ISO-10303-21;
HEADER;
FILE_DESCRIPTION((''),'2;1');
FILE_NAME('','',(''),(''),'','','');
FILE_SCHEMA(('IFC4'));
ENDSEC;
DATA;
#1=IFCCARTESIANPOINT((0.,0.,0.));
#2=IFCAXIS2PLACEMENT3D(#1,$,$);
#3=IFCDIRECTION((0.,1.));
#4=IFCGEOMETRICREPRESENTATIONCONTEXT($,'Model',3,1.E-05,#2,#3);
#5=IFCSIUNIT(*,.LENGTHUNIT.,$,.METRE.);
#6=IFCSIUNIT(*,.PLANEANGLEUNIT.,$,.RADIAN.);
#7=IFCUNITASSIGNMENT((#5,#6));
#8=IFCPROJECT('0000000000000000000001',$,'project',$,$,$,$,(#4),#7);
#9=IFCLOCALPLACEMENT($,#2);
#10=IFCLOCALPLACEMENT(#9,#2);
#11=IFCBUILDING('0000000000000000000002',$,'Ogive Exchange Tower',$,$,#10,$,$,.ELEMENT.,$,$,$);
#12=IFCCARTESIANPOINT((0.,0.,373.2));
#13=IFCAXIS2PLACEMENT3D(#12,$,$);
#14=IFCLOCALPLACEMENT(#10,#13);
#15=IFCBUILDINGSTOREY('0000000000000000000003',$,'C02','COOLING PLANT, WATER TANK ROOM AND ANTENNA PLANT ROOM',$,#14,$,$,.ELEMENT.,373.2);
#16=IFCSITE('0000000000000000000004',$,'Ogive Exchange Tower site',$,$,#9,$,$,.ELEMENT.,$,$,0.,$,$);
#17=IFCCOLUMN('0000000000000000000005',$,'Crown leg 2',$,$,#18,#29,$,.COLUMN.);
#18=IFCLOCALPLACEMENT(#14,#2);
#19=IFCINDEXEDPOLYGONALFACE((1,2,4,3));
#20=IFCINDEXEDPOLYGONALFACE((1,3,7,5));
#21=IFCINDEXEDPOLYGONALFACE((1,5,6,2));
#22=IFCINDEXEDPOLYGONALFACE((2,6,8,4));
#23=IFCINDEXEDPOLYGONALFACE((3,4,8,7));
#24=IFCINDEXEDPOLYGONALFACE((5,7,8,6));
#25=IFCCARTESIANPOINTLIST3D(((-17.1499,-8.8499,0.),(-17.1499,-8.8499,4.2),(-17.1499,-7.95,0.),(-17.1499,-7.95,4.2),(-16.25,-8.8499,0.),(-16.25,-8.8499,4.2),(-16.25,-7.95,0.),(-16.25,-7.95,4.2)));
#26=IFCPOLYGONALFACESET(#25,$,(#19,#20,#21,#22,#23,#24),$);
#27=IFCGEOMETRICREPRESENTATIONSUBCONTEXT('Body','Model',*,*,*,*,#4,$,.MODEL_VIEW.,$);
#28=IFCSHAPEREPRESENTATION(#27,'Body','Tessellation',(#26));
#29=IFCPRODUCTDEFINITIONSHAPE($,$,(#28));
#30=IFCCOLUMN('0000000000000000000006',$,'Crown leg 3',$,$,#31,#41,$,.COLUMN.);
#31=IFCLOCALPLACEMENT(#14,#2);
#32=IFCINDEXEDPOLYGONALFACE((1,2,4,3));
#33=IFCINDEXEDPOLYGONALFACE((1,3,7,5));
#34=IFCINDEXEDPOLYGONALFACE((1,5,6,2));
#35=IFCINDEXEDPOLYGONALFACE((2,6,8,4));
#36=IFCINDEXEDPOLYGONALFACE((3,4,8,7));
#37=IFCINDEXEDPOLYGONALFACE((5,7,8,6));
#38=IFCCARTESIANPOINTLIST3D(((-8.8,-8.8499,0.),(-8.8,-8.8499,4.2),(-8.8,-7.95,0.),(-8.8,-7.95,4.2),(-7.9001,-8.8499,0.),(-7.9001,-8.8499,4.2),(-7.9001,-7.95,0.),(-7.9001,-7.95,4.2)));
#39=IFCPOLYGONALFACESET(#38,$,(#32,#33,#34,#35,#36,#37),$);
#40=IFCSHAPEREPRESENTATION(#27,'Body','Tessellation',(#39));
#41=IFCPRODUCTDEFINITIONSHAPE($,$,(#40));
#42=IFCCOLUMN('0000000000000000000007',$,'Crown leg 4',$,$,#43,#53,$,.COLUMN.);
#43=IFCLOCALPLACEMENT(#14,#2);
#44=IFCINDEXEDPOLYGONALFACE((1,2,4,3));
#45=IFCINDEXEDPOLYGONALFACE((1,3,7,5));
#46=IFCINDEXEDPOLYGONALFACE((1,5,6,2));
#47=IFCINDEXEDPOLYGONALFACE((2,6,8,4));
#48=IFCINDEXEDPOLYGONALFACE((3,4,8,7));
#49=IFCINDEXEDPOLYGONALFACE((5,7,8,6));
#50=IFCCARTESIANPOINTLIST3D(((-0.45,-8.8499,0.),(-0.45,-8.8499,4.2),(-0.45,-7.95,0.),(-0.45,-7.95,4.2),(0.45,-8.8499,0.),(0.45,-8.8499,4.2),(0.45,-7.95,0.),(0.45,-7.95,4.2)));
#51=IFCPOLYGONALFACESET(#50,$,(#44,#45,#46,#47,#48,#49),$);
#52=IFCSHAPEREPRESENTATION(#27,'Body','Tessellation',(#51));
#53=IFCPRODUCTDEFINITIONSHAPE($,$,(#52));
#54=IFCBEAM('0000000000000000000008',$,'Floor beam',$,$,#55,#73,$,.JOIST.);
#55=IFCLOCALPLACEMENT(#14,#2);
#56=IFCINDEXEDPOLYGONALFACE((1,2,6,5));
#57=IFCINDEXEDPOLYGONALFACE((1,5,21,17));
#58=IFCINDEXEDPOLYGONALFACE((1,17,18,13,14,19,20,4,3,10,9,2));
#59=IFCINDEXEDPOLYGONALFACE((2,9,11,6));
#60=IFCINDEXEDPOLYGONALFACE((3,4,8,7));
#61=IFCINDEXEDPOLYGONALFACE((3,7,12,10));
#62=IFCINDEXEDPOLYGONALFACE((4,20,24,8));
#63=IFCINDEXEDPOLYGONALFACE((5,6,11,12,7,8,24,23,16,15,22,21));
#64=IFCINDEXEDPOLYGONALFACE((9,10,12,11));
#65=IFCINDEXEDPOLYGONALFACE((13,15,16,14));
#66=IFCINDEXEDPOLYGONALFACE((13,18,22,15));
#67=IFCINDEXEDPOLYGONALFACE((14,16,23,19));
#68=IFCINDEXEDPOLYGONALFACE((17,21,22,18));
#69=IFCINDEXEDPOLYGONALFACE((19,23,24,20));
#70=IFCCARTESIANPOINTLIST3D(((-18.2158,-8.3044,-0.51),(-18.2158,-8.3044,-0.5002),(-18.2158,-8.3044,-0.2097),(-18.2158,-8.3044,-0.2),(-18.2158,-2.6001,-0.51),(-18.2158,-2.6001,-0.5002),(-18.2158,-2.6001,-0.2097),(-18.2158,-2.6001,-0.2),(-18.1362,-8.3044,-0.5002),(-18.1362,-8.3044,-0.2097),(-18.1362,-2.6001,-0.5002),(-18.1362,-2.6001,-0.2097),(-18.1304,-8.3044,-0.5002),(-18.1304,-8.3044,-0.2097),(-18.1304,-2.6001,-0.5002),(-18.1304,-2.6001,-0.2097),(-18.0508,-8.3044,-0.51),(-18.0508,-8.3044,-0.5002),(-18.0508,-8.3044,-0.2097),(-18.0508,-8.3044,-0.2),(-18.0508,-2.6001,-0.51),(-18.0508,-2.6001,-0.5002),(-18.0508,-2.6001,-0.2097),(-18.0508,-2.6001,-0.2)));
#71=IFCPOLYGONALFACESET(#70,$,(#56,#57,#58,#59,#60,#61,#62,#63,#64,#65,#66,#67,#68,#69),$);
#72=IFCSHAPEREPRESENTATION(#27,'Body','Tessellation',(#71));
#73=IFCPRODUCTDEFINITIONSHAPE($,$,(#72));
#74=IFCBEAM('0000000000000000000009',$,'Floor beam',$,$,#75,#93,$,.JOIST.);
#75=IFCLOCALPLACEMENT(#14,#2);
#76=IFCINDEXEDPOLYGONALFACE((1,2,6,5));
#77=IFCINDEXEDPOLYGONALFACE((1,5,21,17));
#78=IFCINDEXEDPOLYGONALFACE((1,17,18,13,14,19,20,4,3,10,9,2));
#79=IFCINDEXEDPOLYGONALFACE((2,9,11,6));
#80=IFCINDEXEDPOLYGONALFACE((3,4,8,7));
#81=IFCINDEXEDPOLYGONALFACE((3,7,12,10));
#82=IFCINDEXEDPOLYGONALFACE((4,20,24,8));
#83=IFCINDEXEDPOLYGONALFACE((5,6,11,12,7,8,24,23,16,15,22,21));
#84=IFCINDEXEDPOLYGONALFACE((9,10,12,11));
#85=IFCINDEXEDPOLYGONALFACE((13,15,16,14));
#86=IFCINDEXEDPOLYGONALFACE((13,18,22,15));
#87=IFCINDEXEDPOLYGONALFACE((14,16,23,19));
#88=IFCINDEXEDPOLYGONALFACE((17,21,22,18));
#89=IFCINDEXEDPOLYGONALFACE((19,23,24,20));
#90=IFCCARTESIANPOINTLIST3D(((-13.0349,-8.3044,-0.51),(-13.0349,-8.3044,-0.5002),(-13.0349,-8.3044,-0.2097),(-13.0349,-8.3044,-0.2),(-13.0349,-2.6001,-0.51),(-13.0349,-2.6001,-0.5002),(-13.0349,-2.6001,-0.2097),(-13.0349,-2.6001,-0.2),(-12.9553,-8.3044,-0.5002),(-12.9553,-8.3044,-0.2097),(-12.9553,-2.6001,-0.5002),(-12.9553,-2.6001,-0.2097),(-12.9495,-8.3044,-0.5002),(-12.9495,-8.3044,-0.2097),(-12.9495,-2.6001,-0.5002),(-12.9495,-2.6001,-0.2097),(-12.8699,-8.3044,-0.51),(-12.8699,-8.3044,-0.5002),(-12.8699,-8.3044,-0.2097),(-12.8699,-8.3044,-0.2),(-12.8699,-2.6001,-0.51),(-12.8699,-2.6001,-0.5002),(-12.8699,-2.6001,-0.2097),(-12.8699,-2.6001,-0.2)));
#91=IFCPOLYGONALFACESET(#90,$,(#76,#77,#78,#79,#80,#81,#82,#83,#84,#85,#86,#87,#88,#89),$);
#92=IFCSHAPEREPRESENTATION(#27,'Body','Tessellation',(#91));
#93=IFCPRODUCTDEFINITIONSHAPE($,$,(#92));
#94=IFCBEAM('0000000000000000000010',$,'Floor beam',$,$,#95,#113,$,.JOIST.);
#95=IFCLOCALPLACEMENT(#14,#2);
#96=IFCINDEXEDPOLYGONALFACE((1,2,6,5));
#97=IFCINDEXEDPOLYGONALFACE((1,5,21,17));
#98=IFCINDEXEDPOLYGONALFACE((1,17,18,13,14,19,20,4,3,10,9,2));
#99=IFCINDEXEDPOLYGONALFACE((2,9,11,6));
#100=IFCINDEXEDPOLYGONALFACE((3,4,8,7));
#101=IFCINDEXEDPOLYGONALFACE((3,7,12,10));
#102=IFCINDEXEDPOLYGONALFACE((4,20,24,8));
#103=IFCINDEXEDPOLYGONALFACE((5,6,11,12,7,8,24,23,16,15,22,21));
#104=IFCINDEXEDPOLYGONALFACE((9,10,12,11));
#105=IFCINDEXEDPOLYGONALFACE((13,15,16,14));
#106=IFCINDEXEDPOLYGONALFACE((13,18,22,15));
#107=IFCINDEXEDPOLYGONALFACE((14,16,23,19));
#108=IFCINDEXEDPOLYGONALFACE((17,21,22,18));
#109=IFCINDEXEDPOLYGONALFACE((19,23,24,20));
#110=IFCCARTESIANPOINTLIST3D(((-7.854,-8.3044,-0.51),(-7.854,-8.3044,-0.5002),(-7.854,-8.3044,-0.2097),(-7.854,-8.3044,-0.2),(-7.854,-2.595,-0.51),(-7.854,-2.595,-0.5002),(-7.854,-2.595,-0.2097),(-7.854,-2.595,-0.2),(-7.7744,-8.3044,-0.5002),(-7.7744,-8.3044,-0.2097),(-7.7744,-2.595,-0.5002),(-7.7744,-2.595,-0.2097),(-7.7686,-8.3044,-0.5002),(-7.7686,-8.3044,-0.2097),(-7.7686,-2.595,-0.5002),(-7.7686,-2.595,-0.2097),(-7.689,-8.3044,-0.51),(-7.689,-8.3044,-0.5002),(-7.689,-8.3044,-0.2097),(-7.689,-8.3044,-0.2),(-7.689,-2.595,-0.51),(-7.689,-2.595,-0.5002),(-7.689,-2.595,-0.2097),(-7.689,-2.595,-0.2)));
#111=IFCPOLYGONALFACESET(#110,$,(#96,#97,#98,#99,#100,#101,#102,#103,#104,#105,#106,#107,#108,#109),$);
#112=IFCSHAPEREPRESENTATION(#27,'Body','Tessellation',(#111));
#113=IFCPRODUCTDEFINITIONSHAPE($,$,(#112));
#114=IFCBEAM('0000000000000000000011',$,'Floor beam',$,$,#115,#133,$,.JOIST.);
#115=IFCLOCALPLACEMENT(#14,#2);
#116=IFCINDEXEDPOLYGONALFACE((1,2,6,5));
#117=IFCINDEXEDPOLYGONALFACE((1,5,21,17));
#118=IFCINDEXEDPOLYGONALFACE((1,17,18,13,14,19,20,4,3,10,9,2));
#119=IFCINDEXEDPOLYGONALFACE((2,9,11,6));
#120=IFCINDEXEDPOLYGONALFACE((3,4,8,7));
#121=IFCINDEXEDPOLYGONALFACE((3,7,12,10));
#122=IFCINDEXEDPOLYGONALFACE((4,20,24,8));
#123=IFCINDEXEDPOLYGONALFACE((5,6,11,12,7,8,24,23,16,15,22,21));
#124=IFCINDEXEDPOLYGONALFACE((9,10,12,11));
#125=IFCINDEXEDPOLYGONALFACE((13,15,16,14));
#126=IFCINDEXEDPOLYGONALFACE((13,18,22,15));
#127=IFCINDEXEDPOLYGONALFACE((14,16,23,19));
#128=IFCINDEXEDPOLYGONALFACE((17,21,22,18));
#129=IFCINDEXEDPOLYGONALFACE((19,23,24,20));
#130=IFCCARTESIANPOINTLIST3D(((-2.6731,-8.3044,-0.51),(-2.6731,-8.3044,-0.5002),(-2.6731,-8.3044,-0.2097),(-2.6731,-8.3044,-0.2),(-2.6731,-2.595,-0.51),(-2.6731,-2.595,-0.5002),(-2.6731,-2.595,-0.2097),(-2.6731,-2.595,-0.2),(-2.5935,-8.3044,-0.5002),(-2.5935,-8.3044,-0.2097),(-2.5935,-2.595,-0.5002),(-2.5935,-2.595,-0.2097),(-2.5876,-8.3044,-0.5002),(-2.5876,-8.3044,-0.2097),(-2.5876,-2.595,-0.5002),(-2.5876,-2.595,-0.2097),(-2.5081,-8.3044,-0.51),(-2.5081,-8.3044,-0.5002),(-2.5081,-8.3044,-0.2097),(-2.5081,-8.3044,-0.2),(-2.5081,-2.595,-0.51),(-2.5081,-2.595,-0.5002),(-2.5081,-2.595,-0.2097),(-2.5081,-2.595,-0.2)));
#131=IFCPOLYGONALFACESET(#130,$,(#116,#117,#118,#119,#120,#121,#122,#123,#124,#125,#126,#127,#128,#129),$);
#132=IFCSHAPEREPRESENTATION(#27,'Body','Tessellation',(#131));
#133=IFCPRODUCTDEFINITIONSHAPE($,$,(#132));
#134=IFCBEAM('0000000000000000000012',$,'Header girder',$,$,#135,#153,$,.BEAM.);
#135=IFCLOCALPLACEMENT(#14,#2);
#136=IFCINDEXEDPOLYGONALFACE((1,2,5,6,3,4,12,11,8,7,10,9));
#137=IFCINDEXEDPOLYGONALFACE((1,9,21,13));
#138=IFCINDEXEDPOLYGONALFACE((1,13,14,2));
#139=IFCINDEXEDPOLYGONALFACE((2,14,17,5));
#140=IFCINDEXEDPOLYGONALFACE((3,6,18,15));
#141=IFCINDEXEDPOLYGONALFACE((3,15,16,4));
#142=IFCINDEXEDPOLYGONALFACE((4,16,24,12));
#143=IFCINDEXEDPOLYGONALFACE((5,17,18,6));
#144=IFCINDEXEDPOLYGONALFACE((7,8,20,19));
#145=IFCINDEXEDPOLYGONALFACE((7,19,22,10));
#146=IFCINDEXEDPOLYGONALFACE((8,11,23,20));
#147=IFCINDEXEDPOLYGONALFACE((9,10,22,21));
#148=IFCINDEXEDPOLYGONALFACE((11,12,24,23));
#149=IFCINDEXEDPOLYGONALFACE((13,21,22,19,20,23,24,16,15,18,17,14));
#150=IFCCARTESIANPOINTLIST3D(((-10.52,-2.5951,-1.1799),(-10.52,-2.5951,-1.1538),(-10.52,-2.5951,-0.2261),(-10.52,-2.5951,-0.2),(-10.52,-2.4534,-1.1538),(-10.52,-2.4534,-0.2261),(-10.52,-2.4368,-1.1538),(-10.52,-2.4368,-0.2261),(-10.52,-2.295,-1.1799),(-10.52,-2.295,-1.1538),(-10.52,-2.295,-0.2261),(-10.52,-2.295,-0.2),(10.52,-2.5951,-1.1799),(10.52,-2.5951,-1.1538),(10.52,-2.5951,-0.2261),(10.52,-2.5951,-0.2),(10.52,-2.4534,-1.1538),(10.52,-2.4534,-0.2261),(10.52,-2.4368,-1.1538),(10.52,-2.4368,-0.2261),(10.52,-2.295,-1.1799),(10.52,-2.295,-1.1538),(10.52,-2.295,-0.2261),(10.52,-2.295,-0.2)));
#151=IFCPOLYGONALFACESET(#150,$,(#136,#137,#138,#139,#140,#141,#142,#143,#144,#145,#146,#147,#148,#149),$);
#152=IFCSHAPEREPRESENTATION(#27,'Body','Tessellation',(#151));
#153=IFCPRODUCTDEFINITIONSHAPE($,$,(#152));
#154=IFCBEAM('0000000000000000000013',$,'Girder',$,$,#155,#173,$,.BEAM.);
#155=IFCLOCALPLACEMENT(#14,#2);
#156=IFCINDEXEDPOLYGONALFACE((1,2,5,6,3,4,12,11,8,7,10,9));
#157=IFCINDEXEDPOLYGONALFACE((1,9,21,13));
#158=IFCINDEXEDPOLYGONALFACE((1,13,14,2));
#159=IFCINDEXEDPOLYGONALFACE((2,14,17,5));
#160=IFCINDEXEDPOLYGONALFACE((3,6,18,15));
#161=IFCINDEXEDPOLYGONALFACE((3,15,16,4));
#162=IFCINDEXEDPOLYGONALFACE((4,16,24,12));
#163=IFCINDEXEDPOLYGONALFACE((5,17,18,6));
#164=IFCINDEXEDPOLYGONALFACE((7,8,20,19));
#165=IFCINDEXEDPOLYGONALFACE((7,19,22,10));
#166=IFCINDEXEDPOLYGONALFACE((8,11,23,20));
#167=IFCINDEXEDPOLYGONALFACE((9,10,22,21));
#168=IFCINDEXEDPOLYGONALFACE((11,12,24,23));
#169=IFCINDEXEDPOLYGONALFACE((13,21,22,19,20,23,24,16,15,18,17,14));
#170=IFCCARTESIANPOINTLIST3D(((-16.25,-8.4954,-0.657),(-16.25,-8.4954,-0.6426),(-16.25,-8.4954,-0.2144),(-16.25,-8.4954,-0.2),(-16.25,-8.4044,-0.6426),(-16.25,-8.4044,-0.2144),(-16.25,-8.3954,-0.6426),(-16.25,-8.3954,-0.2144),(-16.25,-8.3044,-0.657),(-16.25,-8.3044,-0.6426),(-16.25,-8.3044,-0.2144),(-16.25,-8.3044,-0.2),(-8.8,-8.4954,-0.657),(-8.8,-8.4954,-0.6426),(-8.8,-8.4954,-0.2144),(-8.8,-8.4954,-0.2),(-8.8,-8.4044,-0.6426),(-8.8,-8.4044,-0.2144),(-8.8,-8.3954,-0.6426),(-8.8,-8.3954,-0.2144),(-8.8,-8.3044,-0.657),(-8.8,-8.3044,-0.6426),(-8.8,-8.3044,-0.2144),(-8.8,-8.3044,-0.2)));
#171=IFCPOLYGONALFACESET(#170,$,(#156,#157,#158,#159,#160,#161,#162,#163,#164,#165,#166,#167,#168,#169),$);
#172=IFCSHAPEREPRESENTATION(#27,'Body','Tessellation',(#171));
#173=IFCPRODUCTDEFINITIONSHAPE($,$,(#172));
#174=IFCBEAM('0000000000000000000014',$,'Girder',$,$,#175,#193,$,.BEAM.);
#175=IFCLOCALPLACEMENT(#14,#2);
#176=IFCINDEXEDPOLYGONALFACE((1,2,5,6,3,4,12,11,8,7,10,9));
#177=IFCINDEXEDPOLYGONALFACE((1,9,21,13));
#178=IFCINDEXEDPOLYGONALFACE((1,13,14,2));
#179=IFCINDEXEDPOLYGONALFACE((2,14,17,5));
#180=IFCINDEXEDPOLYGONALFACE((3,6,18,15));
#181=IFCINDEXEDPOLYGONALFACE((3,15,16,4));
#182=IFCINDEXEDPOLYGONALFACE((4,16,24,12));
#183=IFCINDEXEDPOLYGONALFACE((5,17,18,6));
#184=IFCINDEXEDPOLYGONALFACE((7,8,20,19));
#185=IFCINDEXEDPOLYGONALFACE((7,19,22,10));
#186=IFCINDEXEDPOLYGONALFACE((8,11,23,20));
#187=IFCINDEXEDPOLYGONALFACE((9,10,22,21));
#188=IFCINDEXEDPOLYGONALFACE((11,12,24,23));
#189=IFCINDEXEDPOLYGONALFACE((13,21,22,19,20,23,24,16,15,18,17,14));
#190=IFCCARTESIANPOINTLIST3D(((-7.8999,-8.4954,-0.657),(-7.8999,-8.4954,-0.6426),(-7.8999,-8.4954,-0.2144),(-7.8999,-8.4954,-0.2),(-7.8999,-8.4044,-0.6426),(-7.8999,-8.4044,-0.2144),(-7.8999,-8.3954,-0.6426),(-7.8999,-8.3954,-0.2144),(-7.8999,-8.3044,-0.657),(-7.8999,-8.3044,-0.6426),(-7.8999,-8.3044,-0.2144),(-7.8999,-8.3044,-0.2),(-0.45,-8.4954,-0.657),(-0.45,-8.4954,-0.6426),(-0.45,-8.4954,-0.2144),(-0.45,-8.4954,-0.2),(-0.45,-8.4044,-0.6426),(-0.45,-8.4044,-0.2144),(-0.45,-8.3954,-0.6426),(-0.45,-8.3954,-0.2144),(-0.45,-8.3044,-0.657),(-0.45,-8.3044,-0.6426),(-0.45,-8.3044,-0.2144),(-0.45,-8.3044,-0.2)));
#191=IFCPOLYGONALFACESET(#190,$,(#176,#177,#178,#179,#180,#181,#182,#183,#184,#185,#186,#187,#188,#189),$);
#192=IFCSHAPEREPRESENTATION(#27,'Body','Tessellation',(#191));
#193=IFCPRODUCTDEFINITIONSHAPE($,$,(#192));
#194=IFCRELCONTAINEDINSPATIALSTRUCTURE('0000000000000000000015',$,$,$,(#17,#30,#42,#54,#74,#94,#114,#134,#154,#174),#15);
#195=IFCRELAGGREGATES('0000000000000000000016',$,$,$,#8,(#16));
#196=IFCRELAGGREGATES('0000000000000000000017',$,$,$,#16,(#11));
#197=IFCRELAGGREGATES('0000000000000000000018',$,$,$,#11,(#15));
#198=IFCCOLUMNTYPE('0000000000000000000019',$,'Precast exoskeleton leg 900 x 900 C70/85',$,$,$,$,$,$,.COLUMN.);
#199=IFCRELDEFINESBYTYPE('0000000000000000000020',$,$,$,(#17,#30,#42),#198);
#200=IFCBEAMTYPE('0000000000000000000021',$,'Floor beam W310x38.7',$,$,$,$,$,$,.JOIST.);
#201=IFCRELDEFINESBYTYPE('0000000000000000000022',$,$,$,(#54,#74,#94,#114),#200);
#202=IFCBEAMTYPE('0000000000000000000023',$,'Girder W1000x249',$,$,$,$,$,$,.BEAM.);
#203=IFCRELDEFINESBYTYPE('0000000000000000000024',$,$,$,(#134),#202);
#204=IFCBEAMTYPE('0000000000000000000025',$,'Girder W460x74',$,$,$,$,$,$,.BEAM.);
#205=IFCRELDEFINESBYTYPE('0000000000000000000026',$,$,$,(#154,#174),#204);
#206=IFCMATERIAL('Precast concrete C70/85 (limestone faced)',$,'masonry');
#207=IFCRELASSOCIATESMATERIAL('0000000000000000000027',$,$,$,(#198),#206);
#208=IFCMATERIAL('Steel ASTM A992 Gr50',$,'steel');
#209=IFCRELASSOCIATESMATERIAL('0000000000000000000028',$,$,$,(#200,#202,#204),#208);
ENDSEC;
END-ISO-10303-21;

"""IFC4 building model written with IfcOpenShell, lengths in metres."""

from ifc_helpers import new_model, si_unit, direction, frame, origin, origin_2d, place, context, subcontext, project, spatial, rectangle, i_section, extrude, material, material_profile, profile_set, type_object, element, save


model = new_model("IFC4")

# Units and contexts
model_context = context("Model", 3, precision=1e-05, world=origin(), true_north=direction((0.0, 1.0)))
body_context = subcontext(model_context, "Body", "Model", "MODEL_VIEW")
ifc_project = project(units=[si_unit("LENGTHUNIT", "METRE"), si_unit("PLANEANGLEUNIT", "RADIAN")], contexts=[model_context])

# Site, building, storey
site_placement = place(None, origin())
site = spatial("IfcSite", under=ifc_project, at=site_placement, Name="Ogive Exchange Tower site", CompositionType="ELEMENT", RefElevation=0.0)
building_placement = place(site_placement, origin())
building = spatial("IfcBuilding", under=site, at=building_placement, Name="Ogive Exchange Tower", CompositionType="ELEMENT")
storey_placement = place(building_placement, frame((0.0, 0.0, 373.2)))
storey = spatial("IfcBuildingStorey", under=building, at=storey_placement, Name="C02", Description="COOLING PLANT, WATER TANK ROOM AND ANTENNA PLANT ROOM", CompositionType="ELEMENT", Elevation=373.2)

# Columns
ifc_material_1 = material(Name="Precast concrete C70/85 (limestone faced)", Category="masonry")
ifc_material_profile_1 = material_profile(ifc_material_1, rectangle(XDim=0.8999, YDim=0.8999, at=origin_2d()), Name="900 x 900")
ifc_profile_set_1 = profile_set([ifc_material_profile_1], Name="Precast concrete C70/85 (limestone faced)")
column_type = type_object("IfcColumnType", Name="Precast exoskeleton leg 900 x 900 C70/85", PredefinedType="COLUMN", material=ifc_profile_set_1)
for number, where, z_axis, x_axis, name in (
    (1, (-16.7, -8.3999, 0.0), (0.0, 0.0, 1.0), (1.0, 0.0, 0.0), "Crown leg 2"),
    (2, (-8.3501, -8.3999, 0.0), (0.0, 0.0, 1.0), (1.0, 0.0, 0.0), "Crown leg 3"),
    (3, (0.0, -8.3999, 0.0), (0.0, 0.0, 1.0), (1.0, 0.0, 0.0), "Crown leg 4"),
):
    element("IfcColumn", number, at=place(storey_placement, frame(where, z_axis=z_axis, x_axis=x_axis)), inside=storey, type_object=column_type, Name=name, PredefinedType="COLUMN", context=body_context, shape_type="SweptSolid", body=[
        extrude(rectangle(XDim=0.8999, YDim=0.8999, at=origin_2d()), origin(), (0.0, 0.0, 1.0), 4.2),
    ])

# Beams
ifc_material_2 = material(Name="Steel ASTM A992 Gr50", Category="steel")
ifc_material_profile_2 = material_profile(ifc_material_2, i_section(OverallWidth=0.165, OverallDepth=0.3101, WebThickness=0.0059, FlangeThickness=0.0098, at=origin_2d()), Name="W310x38.7")
ifc_profile_set_2 = profile_set([ifc_material_profile_2], Name="Steel ASTM A992 Gr50")
beam_type_1 = type_object("IfcBeamType", Name="Floor beam W310x38.7", PredefinedType="JOIST", material=ifc_profile_set_2)
for number, where, z_axis, x_axis, name in (
    (4, (-18.1333, -8.3044, -0.355), (0.0, 1.0, 0.0), (-1.0, 0.0, 0.0), "Floor beam"),
    (5, (-12.9524, -8.3044, -0.355), (0.0, 1.0, 0.0), (-1.0, 0.0, 0.0), "Floor beam"),
):
    element("IfcBeam", number, at=place(storey_placement, frame(where, z_axis=z_axis, x_axis=x_axis)), inside=storey, type_object=beam_type_1, Name=name, PredefinedType="JOIST", context=body_context, shape_type="SweptSolid", body=[
        extrude(i_section(OverallWidth=0.165, OverallDepth=0.3101, WebThickness=0.0059, FlangeThickness=0.0098, at=origin_2d()), origin(), (0.0, 0.0, 1.0), 5.7043),
    ])
for number, where, z_axis, x_axis, name in (
    (6, (-7.7715, -8.3044, -0.355), (0.0, 1.0, 0.0), (-1.0, 0.0, 0.0), "Floor beam"),
    (7, (-2.5906, -8.3044, -0.355), (0.0, 1.0, 0.0), (-1.0, 0.0, 0.0), "Floor beam"),
):
    element("IfcBeam", number, at=place(storey_placement, frame(where, z_axis=z_axis, x_axis=x_axis)), inside=storey, type_object=beam_type_1, Name=name, PredefinedType="JOIST", context=body_context, shape_type="SweptSolid", body=[
        extrude(i_section(OverallWidth=0.165, OverallDepth=0.3101, WebThickness=0.0059, FlangeThickness=0.0098, at=origin_2d()), origin(), (0.0, 0.0, 1.0), 5.7095),
    ])
ifc_material_profile_3 = material_profile(ifc_material_2, i_section(OverallWidth=0.3, OverallDepth=0.98, WebThickness=0.0166, FlangeThickness=0.0261, at=origin_2d()), Name="W1000x249")
ifc_profile_set_3 = profile_set([ifc_material_profile_3], Name="Steel ASTM A992 Gr50")
beam_type_2 = type_object("IfcBeamType", Name="Girder W1000x249", PredefinedType="BEAM", material=ifc_profile_set_3)
beam_placement = place(storey_placement, frame((-10.52, -2.4451, -0.6899), z_axis=(1.0, 0.0, 0.0), x_axis=(0.0, 1.0, 0.0)))
element("IfcBeam", 8, at=beam_placement, inside=storey, type_object=beam_type_2, Name="Header girder", PredefinedType="BEAM", context=body_context, shape_type="SweptSolid", body=[
    extrude(i_section(OverallWidth=0.3, OverallDepth=0.98, WebThickness=0.0166, FlangeThickness=0.0261, at=origin_2d()), origin(), (0.0, 0.0, 1.0), 21.04),
])
ifc_material_profile_4 = material_profile(ifc_material_2, i_section(OverallWidth=0.1909, OverallDepth=0.457, WebThickness=0.009, FlangeThickness=0.0144, at=origin_2d()), Name="W460x74")
ifc_profile_set_4 = profile_set([ifc_material_profile_4], Name="Steel ASTM A992 Gr50")
beam_type_3 = type_object("IfcBeamType", Name="Girder W460x74", PredefinedType="BEAM", material=ifc_profile_set_4)
for number, where, z_axis, x_axis, name in (
    (9, (-16.25, -8.3999, -0.4285), (1.0, 0.0, 0.0), (0.0, 1.0, 0.0), "Girder"),
    (10, (-7.8999, -8.3999, -0.4285), (1.0, 0.0, 0.0), (0.0, 1.0, 0.0), "Girder"),
):
    element("IfcBeam", number, at=place(storey_placement, frame(where, z_axis=z_axis, x_axis=x_axis)), inside=storey, type_object=beam_type_3, Name=name, PredefinedType="BEAM", context=body_context, shape_type="SweptSolid", body=[
        extrude(i_section(OverallWidth=0.1909, OverallDepth=0.457, WebThickness=0.009, FlangeThickness=0.0144, at=origin_2d()), origin(), (0.0, 0.0, 1.0), 7.45),
    ])

save(model, "model.ifc")
